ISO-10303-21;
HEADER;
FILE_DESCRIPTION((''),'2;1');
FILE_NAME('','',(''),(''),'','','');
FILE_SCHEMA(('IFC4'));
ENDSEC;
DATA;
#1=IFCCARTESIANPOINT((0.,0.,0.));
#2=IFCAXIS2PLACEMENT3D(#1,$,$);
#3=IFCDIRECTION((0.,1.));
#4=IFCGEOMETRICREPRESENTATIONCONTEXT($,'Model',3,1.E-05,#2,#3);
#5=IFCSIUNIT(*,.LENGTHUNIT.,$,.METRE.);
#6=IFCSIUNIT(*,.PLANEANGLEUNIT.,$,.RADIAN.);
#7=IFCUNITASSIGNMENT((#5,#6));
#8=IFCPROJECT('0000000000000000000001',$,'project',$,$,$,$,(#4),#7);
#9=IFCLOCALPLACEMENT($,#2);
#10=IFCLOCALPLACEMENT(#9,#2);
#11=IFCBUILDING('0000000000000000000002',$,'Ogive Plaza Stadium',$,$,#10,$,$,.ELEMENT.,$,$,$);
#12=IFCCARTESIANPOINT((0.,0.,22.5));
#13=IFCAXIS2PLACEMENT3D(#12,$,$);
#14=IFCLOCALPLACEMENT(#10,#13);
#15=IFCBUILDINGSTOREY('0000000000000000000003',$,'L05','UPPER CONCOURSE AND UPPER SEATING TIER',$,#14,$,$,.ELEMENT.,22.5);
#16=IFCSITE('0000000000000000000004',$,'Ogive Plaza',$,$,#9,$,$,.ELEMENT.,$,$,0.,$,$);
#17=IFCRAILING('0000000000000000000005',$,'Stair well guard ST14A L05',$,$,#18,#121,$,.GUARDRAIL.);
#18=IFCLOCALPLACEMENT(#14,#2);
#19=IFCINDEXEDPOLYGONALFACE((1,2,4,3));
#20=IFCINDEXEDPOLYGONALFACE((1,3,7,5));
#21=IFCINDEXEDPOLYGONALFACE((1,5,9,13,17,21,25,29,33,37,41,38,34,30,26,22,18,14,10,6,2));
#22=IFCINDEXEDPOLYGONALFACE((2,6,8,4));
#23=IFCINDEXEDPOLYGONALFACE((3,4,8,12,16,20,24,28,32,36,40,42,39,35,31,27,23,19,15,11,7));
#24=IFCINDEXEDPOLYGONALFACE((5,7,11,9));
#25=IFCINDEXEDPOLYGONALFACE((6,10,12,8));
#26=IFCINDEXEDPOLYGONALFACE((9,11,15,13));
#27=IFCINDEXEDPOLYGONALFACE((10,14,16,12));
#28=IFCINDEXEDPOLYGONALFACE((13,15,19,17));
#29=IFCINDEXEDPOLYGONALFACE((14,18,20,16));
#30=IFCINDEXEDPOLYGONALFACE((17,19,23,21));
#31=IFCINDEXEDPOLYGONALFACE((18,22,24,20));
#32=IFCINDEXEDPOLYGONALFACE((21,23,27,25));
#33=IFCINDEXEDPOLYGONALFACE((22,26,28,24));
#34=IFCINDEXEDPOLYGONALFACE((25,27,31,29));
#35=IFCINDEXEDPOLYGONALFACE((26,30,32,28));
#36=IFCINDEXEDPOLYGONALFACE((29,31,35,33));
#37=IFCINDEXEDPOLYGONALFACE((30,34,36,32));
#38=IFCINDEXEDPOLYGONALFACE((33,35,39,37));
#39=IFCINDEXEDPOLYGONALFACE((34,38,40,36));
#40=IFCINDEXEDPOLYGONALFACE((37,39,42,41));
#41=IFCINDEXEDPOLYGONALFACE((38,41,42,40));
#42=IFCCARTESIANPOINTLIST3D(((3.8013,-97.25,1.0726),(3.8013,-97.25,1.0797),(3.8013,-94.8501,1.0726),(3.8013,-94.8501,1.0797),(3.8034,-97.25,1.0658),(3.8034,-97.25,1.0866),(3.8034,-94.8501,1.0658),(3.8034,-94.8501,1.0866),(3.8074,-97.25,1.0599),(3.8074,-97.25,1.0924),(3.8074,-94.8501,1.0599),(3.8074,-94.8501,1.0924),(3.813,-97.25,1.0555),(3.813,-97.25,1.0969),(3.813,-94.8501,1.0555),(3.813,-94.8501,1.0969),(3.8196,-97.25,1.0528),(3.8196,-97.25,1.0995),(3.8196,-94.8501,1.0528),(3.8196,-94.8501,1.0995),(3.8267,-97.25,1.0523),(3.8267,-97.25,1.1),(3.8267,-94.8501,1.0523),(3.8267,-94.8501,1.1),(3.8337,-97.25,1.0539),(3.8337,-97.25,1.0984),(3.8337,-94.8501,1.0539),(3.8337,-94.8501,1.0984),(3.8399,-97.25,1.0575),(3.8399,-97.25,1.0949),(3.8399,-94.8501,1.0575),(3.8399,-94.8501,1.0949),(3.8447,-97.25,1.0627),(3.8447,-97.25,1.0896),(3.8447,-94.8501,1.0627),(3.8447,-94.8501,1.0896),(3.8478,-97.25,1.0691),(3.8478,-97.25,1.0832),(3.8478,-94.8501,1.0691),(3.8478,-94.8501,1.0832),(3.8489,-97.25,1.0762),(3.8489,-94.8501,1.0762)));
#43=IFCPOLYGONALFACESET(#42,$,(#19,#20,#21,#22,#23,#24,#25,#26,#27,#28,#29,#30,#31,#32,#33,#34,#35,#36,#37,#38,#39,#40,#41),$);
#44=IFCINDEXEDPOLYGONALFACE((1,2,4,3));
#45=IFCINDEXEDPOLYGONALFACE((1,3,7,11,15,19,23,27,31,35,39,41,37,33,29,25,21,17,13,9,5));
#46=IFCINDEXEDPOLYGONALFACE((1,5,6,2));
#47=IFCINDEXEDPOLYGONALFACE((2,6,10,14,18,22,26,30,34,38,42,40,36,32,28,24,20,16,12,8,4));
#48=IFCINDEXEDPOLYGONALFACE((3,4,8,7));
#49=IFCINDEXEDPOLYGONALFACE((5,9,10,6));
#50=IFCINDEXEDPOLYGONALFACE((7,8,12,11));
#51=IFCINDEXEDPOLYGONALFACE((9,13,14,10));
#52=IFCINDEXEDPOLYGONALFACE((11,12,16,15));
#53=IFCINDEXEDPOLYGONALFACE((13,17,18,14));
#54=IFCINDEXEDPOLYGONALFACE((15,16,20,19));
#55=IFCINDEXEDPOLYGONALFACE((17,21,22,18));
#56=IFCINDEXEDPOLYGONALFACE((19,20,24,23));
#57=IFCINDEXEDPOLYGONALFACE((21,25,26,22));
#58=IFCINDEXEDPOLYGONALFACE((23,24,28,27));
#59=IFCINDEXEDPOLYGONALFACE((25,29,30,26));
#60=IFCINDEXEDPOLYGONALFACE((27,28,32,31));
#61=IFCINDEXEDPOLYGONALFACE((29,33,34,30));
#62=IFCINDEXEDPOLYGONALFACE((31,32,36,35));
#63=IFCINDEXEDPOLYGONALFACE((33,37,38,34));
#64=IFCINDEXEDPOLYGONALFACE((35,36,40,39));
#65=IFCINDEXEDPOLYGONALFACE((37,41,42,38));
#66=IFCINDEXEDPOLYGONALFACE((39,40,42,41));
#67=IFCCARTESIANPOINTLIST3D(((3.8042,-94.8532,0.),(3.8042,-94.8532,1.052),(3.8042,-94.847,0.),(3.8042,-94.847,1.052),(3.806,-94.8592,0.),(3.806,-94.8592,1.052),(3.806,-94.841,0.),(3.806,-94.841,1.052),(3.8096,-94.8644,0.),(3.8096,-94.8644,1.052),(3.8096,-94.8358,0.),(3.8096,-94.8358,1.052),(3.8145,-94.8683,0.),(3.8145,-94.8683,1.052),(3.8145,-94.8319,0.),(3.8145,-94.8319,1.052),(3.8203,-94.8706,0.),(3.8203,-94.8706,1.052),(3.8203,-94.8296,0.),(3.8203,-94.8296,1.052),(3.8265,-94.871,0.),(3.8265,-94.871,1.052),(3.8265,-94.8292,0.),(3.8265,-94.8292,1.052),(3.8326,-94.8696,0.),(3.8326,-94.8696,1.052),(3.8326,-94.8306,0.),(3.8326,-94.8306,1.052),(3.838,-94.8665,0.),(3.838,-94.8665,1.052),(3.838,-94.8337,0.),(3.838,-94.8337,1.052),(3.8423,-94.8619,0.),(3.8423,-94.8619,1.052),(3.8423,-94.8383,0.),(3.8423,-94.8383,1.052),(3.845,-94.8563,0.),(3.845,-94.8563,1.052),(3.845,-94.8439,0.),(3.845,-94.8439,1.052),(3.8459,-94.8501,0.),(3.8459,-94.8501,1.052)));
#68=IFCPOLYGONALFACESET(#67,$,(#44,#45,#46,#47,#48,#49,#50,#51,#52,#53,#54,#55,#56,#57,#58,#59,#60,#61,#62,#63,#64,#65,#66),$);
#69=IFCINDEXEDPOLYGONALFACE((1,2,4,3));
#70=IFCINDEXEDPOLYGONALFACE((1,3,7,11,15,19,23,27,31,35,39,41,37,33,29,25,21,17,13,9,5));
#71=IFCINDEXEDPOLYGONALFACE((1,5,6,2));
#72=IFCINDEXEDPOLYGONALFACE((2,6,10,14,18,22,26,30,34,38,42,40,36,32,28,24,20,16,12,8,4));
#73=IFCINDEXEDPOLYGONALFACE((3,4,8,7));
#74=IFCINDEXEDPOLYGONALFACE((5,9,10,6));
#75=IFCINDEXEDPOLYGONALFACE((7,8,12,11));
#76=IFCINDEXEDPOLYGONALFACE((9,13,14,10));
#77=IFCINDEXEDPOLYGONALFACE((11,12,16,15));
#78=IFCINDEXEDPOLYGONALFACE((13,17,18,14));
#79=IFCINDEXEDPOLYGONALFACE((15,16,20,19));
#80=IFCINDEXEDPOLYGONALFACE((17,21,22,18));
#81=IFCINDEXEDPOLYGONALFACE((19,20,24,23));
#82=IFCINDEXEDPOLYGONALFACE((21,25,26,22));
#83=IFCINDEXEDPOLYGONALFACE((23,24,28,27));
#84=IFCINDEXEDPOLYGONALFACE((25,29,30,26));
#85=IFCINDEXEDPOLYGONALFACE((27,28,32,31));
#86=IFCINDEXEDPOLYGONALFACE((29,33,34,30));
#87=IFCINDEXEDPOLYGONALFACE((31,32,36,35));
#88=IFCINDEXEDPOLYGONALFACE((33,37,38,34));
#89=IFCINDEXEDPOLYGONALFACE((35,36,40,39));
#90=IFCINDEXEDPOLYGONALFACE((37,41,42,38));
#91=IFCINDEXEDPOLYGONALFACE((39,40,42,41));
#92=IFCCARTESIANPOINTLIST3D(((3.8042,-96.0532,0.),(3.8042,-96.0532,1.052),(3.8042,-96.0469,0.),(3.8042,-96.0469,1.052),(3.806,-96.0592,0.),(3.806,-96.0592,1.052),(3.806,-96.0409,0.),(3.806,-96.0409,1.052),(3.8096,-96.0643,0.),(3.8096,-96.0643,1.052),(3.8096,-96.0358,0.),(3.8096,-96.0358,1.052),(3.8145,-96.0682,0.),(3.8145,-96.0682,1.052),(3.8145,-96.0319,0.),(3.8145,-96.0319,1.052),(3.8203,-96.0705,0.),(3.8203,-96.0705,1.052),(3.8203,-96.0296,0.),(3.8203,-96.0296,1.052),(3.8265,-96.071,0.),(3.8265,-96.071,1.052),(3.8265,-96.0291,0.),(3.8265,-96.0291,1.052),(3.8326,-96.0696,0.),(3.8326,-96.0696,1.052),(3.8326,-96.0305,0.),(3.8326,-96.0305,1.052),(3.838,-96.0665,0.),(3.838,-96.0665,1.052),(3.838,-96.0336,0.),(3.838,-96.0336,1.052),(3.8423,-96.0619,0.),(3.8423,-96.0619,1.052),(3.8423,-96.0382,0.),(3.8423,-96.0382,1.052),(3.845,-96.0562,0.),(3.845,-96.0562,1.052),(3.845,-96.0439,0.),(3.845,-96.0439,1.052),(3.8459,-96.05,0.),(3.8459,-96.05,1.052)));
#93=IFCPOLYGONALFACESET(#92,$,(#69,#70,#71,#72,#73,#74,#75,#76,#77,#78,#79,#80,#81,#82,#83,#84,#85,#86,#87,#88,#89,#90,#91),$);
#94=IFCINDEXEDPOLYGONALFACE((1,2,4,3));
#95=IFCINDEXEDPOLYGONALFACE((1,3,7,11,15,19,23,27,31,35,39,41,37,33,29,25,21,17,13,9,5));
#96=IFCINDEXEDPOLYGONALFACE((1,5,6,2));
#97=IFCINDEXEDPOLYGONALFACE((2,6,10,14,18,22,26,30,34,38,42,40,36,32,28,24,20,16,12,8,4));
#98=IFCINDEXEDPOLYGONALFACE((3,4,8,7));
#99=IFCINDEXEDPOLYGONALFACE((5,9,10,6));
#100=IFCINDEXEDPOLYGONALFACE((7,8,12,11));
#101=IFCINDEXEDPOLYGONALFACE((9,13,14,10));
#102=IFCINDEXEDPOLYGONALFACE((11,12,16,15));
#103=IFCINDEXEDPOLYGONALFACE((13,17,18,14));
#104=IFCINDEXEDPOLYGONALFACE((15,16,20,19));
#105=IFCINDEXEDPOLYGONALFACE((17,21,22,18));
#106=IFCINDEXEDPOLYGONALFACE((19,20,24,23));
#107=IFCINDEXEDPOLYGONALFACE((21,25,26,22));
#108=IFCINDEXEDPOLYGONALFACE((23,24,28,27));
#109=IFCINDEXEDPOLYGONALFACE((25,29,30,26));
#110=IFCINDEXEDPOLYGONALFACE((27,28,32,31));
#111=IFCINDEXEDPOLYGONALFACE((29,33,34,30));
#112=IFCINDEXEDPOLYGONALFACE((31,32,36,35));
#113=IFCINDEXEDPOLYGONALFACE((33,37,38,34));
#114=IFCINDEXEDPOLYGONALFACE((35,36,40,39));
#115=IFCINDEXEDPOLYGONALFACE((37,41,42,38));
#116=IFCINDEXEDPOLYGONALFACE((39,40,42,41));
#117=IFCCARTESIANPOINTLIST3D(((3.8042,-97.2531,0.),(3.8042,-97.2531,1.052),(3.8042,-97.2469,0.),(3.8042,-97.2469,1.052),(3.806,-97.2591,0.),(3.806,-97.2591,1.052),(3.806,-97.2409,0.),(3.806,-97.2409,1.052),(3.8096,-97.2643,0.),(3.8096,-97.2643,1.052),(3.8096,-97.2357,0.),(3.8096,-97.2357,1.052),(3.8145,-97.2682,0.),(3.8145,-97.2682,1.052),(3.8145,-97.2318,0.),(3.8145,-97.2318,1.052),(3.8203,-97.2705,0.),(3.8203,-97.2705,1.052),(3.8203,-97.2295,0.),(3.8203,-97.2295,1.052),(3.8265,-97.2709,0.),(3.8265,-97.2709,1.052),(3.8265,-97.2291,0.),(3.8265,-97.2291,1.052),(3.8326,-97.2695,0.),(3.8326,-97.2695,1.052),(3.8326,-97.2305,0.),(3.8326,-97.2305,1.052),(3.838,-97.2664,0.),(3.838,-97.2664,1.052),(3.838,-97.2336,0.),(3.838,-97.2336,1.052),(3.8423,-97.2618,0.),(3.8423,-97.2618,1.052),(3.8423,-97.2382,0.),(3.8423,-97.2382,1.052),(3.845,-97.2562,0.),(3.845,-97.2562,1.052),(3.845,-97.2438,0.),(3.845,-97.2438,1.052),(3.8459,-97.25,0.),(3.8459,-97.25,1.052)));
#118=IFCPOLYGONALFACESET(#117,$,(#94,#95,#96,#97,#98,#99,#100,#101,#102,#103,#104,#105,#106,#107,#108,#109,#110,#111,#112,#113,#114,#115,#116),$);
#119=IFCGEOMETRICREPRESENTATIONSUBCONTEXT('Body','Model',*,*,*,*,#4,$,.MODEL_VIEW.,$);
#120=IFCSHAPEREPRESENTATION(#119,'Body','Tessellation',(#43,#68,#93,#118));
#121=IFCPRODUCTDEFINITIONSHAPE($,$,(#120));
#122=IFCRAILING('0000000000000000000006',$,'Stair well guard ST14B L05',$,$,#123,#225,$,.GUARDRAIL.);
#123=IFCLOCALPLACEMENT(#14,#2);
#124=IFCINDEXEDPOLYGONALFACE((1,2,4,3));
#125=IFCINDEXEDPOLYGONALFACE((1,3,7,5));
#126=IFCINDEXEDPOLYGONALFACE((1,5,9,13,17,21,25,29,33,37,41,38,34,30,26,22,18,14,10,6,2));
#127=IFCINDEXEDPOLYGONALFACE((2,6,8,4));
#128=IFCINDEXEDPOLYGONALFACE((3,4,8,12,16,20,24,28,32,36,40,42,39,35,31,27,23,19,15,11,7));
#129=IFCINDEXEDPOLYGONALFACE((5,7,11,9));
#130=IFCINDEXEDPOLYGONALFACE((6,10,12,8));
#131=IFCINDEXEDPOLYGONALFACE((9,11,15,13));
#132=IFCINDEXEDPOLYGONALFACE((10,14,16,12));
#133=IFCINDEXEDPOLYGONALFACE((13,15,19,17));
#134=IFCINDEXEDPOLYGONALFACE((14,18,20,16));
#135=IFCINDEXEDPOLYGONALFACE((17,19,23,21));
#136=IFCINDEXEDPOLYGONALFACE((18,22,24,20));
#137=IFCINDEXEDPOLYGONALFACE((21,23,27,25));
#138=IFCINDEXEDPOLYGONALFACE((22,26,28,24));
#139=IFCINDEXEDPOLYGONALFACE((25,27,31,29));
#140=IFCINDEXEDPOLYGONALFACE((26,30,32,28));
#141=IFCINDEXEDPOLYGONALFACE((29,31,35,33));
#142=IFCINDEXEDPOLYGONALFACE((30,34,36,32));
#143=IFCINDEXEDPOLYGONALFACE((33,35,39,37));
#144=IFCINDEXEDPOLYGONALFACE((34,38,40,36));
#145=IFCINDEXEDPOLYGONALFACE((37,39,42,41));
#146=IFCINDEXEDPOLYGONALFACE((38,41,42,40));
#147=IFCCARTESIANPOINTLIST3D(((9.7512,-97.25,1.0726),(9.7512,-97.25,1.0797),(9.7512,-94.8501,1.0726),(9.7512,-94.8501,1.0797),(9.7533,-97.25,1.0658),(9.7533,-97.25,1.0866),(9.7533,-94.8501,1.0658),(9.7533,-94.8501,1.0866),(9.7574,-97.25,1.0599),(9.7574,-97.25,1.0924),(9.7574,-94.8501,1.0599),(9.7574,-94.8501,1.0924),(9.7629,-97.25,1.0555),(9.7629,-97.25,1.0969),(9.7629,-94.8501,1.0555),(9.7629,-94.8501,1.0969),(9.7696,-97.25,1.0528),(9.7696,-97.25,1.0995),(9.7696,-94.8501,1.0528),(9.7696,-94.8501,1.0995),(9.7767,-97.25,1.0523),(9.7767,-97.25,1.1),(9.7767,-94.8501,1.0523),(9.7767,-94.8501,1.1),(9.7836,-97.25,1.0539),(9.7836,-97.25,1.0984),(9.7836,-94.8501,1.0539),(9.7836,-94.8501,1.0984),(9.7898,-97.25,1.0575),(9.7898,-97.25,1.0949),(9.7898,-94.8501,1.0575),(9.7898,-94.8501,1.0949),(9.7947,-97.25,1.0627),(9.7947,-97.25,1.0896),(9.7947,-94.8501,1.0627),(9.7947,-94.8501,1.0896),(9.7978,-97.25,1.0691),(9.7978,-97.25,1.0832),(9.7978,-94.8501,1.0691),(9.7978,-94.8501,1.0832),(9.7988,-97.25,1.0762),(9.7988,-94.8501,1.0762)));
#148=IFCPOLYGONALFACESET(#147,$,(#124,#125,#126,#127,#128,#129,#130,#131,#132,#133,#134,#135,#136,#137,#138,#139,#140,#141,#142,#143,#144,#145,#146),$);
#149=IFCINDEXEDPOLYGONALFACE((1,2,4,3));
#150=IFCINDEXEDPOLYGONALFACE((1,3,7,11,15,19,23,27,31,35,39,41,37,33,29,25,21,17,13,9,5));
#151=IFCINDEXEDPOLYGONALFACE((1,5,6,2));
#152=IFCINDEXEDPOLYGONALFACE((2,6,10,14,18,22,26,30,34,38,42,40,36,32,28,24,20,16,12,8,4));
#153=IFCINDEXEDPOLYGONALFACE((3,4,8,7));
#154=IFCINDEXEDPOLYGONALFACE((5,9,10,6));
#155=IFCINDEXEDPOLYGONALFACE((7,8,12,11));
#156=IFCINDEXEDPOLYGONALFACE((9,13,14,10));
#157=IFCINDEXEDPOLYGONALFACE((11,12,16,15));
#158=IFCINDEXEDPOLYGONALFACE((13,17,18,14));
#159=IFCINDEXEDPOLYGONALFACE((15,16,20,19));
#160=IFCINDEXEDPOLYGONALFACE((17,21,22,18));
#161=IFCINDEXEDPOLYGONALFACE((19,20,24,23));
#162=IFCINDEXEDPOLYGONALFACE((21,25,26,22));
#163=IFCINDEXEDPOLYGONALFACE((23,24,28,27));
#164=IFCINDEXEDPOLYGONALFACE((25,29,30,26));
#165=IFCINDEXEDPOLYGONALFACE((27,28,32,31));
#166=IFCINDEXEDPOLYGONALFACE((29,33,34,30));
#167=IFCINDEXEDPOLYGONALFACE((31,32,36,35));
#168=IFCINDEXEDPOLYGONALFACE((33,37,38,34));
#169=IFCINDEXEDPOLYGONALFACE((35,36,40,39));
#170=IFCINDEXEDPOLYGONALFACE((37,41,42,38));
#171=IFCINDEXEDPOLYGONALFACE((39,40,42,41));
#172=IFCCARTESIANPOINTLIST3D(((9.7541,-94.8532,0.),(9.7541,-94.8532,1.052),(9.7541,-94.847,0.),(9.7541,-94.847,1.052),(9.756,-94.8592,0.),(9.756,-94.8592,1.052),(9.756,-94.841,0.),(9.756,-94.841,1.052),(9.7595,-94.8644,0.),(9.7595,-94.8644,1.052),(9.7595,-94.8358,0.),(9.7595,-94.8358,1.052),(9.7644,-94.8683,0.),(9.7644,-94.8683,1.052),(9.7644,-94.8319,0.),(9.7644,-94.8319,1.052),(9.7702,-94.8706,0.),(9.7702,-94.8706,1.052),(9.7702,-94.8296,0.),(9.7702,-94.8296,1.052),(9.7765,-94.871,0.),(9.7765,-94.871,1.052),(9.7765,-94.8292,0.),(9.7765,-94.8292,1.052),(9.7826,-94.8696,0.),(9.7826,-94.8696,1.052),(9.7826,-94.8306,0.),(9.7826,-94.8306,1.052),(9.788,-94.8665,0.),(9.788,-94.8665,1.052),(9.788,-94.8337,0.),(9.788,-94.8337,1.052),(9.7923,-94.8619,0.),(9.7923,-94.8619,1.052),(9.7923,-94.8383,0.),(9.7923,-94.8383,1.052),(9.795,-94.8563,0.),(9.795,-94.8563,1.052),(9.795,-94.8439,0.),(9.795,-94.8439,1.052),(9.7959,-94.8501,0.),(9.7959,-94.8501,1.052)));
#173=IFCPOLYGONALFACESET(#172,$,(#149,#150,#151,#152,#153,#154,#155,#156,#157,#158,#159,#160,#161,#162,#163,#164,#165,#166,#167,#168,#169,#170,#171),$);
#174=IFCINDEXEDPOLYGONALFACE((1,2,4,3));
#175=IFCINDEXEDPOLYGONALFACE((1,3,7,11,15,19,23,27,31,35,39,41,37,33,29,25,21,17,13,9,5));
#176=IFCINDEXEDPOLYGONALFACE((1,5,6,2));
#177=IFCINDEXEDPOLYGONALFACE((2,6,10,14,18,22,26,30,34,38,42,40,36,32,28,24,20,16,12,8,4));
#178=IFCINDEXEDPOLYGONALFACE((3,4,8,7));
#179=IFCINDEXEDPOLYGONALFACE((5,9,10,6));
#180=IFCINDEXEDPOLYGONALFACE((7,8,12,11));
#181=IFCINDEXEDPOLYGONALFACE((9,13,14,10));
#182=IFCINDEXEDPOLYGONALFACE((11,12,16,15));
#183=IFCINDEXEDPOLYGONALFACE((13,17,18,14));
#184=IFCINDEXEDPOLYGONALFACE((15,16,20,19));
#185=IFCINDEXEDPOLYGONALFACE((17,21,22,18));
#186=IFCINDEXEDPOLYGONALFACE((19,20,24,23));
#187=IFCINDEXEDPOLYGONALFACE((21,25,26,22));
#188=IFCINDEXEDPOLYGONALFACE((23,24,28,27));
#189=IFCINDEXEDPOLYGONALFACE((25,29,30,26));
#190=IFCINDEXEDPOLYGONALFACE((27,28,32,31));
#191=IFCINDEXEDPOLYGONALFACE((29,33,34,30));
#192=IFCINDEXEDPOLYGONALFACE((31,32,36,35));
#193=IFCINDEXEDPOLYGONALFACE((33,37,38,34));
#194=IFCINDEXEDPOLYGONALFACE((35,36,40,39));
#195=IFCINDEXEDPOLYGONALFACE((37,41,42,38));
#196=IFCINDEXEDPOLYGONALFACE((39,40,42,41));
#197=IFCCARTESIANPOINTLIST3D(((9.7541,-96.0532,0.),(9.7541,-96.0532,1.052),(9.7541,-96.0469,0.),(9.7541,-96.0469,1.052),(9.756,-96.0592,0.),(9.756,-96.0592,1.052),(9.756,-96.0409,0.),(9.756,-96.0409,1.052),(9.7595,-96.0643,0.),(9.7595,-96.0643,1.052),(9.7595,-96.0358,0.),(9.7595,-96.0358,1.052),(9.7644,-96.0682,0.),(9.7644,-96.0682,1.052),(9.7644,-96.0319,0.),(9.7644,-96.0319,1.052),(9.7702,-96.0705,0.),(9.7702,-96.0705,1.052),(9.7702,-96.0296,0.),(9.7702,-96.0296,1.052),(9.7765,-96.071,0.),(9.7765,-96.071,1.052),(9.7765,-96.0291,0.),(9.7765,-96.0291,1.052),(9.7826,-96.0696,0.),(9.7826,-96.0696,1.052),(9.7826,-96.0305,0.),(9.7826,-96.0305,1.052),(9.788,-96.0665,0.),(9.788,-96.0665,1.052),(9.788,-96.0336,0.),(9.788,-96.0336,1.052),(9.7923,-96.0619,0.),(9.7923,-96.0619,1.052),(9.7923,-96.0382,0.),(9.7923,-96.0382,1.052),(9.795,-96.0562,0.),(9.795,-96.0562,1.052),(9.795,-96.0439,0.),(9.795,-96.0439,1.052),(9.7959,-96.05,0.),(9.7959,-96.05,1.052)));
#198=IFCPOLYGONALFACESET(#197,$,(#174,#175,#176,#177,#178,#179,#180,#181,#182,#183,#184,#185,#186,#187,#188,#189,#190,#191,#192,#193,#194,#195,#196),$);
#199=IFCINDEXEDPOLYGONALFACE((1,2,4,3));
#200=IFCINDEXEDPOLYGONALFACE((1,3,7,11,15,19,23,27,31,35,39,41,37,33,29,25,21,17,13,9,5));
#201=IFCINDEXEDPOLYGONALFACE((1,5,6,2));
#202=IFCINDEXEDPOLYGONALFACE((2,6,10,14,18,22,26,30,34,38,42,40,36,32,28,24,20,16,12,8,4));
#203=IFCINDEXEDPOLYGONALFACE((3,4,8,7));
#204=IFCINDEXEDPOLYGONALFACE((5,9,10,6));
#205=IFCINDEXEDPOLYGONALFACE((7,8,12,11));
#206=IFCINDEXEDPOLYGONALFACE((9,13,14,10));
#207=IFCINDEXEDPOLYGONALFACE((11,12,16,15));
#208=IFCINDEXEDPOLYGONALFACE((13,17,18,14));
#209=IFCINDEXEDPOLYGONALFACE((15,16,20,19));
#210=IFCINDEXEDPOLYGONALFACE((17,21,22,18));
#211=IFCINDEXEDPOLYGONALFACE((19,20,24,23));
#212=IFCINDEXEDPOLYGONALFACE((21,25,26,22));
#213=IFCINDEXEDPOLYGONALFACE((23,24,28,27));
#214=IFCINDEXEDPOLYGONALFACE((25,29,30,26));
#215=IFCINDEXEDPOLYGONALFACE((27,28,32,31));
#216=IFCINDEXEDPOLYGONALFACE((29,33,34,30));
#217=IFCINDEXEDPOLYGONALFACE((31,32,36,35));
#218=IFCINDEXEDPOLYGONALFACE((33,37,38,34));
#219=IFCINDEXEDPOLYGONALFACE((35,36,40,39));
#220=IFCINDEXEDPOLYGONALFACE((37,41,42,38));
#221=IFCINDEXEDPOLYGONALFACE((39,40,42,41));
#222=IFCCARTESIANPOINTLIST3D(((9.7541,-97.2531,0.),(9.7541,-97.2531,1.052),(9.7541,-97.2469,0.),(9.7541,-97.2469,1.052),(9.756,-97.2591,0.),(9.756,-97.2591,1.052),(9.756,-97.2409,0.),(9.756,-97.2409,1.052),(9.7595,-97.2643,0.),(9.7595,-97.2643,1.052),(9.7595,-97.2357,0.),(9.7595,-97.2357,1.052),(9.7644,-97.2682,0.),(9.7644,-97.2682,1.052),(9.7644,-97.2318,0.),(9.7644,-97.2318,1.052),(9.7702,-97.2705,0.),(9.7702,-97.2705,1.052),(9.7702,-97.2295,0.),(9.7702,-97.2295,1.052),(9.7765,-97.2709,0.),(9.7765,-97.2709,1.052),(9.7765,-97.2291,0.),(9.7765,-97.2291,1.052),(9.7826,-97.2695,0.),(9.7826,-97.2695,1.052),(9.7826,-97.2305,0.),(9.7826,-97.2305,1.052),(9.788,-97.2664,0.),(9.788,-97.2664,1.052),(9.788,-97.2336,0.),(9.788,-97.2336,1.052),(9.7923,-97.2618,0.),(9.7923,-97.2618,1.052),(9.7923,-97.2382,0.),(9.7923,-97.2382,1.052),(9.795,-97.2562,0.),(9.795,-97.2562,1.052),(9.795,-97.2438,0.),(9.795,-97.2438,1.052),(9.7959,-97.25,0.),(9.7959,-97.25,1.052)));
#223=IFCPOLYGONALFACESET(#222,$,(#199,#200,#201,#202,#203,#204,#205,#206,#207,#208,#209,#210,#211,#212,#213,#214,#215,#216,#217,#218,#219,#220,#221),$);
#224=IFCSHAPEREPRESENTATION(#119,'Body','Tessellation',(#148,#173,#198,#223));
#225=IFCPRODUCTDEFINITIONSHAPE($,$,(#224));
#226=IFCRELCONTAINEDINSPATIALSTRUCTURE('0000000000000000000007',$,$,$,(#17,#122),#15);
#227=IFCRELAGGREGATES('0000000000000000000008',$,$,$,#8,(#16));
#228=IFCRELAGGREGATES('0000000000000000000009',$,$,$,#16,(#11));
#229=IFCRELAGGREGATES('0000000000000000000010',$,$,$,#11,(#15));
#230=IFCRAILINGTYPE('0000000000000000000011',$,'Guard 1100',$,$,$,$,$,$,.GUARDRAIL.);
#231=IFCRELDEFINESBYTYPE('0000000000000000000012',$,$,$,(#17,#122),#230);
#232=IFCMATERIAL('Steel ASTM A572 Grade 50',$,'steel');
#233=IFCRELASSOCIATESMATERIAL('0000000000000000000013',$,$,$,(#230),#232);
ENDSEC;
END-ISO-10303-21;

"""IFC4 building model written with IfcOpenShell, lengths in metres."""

from ifc_helpers import new_model, si_unit, direction, frame, origin, origin_2d, place, context, subcontext, project, spatial, circle, extrude, material, type_object, element, save


model = new_model("IFC4")

# Units and contexts
model_context = context("Model", 3, precision=1e-05, world=origin(), true_north=direction((0.0, 1.0)))
body_context = subcontext(model_context, "Body", "Model", "MODEL_VIEW")
ifc_project = project(units=[si_unit("LENGTHUNIT", "METRE"), si_unit("PLANEANGLEUNIT", "RADIAN")], contexts=[model_context])

# Site, building, storey
site_placement = place(None, origin())
site = spatial("IfcSite", under=ifc_project, at=site_placement, Name="Ogive Plaza", CompositionType="ELEMENT", RefElevation=0.0)
building_placement = place(site_placement, origin())
building = spatial("IfcBuilding", under=site, at=building_placement, Name="Ogive Plaza Stadium", CompositionType="ELEMENT")
storey_placement = place(building_placement, frame((0.0, 0.0, 22.5)))
storey = spatial("IfcBuildingStorey", under=building, at=storey_placement, Name="L05", Description="UPPER CONCOURSE AND UPPER SEATING TIER", CompositionType="ELEMENT", Elevation=22.5)

# Railings
ifc_material_1 = material(Name="Steel ASTM A572 Grade 50", Category="steel")
railing_type = type_object("IfcRailingType", Name="Guard 1100", PredefinedType="GUARDRAIL", material=ifc_material_1)
for number, where, name in (
    (1, (3.825, -94.8501, 0.0), "Stair well guard ST14A L05"),
    (2, (9.7749, -94.8501, 0.0), "Stair well guard ST14B L05"),
):
    element("IfcRailing", number, at=place(storey_placement, frame(where)), inside=storey, type_object=railing_type, Name=name, PredefinedType="GUARDRAIL", context=body_context, shape_type="SweptSolid", body=[
        extrude(circle(Radius=0.0239, at=origin_2d()), frame((0.0, 0.0, 1.0762), z_axis=(0.0, -1.0, 0.0), x_axis=(1.0, 0.0, 0.0)), (0.0, 0.0, 1.0), 2.3999),
        extrude(circle(Radius=0.021, at=origin_2d()), origin(), (0.0, 0.0, 1.0), 1.052),
        extrude(circle(Radius=0.021, at=origin_2d()), frame((0.0, -1.2, 0.0)), (0.0, 0.0, 1.0), 1.052),
        extrude(circle(Radius=0.021, at=origin_2d()), frame((0.0, -2.3999, 0.0)), (0.0, 0.0, 1.0), 1.052),
    ])

save(model, "model.ifc")
